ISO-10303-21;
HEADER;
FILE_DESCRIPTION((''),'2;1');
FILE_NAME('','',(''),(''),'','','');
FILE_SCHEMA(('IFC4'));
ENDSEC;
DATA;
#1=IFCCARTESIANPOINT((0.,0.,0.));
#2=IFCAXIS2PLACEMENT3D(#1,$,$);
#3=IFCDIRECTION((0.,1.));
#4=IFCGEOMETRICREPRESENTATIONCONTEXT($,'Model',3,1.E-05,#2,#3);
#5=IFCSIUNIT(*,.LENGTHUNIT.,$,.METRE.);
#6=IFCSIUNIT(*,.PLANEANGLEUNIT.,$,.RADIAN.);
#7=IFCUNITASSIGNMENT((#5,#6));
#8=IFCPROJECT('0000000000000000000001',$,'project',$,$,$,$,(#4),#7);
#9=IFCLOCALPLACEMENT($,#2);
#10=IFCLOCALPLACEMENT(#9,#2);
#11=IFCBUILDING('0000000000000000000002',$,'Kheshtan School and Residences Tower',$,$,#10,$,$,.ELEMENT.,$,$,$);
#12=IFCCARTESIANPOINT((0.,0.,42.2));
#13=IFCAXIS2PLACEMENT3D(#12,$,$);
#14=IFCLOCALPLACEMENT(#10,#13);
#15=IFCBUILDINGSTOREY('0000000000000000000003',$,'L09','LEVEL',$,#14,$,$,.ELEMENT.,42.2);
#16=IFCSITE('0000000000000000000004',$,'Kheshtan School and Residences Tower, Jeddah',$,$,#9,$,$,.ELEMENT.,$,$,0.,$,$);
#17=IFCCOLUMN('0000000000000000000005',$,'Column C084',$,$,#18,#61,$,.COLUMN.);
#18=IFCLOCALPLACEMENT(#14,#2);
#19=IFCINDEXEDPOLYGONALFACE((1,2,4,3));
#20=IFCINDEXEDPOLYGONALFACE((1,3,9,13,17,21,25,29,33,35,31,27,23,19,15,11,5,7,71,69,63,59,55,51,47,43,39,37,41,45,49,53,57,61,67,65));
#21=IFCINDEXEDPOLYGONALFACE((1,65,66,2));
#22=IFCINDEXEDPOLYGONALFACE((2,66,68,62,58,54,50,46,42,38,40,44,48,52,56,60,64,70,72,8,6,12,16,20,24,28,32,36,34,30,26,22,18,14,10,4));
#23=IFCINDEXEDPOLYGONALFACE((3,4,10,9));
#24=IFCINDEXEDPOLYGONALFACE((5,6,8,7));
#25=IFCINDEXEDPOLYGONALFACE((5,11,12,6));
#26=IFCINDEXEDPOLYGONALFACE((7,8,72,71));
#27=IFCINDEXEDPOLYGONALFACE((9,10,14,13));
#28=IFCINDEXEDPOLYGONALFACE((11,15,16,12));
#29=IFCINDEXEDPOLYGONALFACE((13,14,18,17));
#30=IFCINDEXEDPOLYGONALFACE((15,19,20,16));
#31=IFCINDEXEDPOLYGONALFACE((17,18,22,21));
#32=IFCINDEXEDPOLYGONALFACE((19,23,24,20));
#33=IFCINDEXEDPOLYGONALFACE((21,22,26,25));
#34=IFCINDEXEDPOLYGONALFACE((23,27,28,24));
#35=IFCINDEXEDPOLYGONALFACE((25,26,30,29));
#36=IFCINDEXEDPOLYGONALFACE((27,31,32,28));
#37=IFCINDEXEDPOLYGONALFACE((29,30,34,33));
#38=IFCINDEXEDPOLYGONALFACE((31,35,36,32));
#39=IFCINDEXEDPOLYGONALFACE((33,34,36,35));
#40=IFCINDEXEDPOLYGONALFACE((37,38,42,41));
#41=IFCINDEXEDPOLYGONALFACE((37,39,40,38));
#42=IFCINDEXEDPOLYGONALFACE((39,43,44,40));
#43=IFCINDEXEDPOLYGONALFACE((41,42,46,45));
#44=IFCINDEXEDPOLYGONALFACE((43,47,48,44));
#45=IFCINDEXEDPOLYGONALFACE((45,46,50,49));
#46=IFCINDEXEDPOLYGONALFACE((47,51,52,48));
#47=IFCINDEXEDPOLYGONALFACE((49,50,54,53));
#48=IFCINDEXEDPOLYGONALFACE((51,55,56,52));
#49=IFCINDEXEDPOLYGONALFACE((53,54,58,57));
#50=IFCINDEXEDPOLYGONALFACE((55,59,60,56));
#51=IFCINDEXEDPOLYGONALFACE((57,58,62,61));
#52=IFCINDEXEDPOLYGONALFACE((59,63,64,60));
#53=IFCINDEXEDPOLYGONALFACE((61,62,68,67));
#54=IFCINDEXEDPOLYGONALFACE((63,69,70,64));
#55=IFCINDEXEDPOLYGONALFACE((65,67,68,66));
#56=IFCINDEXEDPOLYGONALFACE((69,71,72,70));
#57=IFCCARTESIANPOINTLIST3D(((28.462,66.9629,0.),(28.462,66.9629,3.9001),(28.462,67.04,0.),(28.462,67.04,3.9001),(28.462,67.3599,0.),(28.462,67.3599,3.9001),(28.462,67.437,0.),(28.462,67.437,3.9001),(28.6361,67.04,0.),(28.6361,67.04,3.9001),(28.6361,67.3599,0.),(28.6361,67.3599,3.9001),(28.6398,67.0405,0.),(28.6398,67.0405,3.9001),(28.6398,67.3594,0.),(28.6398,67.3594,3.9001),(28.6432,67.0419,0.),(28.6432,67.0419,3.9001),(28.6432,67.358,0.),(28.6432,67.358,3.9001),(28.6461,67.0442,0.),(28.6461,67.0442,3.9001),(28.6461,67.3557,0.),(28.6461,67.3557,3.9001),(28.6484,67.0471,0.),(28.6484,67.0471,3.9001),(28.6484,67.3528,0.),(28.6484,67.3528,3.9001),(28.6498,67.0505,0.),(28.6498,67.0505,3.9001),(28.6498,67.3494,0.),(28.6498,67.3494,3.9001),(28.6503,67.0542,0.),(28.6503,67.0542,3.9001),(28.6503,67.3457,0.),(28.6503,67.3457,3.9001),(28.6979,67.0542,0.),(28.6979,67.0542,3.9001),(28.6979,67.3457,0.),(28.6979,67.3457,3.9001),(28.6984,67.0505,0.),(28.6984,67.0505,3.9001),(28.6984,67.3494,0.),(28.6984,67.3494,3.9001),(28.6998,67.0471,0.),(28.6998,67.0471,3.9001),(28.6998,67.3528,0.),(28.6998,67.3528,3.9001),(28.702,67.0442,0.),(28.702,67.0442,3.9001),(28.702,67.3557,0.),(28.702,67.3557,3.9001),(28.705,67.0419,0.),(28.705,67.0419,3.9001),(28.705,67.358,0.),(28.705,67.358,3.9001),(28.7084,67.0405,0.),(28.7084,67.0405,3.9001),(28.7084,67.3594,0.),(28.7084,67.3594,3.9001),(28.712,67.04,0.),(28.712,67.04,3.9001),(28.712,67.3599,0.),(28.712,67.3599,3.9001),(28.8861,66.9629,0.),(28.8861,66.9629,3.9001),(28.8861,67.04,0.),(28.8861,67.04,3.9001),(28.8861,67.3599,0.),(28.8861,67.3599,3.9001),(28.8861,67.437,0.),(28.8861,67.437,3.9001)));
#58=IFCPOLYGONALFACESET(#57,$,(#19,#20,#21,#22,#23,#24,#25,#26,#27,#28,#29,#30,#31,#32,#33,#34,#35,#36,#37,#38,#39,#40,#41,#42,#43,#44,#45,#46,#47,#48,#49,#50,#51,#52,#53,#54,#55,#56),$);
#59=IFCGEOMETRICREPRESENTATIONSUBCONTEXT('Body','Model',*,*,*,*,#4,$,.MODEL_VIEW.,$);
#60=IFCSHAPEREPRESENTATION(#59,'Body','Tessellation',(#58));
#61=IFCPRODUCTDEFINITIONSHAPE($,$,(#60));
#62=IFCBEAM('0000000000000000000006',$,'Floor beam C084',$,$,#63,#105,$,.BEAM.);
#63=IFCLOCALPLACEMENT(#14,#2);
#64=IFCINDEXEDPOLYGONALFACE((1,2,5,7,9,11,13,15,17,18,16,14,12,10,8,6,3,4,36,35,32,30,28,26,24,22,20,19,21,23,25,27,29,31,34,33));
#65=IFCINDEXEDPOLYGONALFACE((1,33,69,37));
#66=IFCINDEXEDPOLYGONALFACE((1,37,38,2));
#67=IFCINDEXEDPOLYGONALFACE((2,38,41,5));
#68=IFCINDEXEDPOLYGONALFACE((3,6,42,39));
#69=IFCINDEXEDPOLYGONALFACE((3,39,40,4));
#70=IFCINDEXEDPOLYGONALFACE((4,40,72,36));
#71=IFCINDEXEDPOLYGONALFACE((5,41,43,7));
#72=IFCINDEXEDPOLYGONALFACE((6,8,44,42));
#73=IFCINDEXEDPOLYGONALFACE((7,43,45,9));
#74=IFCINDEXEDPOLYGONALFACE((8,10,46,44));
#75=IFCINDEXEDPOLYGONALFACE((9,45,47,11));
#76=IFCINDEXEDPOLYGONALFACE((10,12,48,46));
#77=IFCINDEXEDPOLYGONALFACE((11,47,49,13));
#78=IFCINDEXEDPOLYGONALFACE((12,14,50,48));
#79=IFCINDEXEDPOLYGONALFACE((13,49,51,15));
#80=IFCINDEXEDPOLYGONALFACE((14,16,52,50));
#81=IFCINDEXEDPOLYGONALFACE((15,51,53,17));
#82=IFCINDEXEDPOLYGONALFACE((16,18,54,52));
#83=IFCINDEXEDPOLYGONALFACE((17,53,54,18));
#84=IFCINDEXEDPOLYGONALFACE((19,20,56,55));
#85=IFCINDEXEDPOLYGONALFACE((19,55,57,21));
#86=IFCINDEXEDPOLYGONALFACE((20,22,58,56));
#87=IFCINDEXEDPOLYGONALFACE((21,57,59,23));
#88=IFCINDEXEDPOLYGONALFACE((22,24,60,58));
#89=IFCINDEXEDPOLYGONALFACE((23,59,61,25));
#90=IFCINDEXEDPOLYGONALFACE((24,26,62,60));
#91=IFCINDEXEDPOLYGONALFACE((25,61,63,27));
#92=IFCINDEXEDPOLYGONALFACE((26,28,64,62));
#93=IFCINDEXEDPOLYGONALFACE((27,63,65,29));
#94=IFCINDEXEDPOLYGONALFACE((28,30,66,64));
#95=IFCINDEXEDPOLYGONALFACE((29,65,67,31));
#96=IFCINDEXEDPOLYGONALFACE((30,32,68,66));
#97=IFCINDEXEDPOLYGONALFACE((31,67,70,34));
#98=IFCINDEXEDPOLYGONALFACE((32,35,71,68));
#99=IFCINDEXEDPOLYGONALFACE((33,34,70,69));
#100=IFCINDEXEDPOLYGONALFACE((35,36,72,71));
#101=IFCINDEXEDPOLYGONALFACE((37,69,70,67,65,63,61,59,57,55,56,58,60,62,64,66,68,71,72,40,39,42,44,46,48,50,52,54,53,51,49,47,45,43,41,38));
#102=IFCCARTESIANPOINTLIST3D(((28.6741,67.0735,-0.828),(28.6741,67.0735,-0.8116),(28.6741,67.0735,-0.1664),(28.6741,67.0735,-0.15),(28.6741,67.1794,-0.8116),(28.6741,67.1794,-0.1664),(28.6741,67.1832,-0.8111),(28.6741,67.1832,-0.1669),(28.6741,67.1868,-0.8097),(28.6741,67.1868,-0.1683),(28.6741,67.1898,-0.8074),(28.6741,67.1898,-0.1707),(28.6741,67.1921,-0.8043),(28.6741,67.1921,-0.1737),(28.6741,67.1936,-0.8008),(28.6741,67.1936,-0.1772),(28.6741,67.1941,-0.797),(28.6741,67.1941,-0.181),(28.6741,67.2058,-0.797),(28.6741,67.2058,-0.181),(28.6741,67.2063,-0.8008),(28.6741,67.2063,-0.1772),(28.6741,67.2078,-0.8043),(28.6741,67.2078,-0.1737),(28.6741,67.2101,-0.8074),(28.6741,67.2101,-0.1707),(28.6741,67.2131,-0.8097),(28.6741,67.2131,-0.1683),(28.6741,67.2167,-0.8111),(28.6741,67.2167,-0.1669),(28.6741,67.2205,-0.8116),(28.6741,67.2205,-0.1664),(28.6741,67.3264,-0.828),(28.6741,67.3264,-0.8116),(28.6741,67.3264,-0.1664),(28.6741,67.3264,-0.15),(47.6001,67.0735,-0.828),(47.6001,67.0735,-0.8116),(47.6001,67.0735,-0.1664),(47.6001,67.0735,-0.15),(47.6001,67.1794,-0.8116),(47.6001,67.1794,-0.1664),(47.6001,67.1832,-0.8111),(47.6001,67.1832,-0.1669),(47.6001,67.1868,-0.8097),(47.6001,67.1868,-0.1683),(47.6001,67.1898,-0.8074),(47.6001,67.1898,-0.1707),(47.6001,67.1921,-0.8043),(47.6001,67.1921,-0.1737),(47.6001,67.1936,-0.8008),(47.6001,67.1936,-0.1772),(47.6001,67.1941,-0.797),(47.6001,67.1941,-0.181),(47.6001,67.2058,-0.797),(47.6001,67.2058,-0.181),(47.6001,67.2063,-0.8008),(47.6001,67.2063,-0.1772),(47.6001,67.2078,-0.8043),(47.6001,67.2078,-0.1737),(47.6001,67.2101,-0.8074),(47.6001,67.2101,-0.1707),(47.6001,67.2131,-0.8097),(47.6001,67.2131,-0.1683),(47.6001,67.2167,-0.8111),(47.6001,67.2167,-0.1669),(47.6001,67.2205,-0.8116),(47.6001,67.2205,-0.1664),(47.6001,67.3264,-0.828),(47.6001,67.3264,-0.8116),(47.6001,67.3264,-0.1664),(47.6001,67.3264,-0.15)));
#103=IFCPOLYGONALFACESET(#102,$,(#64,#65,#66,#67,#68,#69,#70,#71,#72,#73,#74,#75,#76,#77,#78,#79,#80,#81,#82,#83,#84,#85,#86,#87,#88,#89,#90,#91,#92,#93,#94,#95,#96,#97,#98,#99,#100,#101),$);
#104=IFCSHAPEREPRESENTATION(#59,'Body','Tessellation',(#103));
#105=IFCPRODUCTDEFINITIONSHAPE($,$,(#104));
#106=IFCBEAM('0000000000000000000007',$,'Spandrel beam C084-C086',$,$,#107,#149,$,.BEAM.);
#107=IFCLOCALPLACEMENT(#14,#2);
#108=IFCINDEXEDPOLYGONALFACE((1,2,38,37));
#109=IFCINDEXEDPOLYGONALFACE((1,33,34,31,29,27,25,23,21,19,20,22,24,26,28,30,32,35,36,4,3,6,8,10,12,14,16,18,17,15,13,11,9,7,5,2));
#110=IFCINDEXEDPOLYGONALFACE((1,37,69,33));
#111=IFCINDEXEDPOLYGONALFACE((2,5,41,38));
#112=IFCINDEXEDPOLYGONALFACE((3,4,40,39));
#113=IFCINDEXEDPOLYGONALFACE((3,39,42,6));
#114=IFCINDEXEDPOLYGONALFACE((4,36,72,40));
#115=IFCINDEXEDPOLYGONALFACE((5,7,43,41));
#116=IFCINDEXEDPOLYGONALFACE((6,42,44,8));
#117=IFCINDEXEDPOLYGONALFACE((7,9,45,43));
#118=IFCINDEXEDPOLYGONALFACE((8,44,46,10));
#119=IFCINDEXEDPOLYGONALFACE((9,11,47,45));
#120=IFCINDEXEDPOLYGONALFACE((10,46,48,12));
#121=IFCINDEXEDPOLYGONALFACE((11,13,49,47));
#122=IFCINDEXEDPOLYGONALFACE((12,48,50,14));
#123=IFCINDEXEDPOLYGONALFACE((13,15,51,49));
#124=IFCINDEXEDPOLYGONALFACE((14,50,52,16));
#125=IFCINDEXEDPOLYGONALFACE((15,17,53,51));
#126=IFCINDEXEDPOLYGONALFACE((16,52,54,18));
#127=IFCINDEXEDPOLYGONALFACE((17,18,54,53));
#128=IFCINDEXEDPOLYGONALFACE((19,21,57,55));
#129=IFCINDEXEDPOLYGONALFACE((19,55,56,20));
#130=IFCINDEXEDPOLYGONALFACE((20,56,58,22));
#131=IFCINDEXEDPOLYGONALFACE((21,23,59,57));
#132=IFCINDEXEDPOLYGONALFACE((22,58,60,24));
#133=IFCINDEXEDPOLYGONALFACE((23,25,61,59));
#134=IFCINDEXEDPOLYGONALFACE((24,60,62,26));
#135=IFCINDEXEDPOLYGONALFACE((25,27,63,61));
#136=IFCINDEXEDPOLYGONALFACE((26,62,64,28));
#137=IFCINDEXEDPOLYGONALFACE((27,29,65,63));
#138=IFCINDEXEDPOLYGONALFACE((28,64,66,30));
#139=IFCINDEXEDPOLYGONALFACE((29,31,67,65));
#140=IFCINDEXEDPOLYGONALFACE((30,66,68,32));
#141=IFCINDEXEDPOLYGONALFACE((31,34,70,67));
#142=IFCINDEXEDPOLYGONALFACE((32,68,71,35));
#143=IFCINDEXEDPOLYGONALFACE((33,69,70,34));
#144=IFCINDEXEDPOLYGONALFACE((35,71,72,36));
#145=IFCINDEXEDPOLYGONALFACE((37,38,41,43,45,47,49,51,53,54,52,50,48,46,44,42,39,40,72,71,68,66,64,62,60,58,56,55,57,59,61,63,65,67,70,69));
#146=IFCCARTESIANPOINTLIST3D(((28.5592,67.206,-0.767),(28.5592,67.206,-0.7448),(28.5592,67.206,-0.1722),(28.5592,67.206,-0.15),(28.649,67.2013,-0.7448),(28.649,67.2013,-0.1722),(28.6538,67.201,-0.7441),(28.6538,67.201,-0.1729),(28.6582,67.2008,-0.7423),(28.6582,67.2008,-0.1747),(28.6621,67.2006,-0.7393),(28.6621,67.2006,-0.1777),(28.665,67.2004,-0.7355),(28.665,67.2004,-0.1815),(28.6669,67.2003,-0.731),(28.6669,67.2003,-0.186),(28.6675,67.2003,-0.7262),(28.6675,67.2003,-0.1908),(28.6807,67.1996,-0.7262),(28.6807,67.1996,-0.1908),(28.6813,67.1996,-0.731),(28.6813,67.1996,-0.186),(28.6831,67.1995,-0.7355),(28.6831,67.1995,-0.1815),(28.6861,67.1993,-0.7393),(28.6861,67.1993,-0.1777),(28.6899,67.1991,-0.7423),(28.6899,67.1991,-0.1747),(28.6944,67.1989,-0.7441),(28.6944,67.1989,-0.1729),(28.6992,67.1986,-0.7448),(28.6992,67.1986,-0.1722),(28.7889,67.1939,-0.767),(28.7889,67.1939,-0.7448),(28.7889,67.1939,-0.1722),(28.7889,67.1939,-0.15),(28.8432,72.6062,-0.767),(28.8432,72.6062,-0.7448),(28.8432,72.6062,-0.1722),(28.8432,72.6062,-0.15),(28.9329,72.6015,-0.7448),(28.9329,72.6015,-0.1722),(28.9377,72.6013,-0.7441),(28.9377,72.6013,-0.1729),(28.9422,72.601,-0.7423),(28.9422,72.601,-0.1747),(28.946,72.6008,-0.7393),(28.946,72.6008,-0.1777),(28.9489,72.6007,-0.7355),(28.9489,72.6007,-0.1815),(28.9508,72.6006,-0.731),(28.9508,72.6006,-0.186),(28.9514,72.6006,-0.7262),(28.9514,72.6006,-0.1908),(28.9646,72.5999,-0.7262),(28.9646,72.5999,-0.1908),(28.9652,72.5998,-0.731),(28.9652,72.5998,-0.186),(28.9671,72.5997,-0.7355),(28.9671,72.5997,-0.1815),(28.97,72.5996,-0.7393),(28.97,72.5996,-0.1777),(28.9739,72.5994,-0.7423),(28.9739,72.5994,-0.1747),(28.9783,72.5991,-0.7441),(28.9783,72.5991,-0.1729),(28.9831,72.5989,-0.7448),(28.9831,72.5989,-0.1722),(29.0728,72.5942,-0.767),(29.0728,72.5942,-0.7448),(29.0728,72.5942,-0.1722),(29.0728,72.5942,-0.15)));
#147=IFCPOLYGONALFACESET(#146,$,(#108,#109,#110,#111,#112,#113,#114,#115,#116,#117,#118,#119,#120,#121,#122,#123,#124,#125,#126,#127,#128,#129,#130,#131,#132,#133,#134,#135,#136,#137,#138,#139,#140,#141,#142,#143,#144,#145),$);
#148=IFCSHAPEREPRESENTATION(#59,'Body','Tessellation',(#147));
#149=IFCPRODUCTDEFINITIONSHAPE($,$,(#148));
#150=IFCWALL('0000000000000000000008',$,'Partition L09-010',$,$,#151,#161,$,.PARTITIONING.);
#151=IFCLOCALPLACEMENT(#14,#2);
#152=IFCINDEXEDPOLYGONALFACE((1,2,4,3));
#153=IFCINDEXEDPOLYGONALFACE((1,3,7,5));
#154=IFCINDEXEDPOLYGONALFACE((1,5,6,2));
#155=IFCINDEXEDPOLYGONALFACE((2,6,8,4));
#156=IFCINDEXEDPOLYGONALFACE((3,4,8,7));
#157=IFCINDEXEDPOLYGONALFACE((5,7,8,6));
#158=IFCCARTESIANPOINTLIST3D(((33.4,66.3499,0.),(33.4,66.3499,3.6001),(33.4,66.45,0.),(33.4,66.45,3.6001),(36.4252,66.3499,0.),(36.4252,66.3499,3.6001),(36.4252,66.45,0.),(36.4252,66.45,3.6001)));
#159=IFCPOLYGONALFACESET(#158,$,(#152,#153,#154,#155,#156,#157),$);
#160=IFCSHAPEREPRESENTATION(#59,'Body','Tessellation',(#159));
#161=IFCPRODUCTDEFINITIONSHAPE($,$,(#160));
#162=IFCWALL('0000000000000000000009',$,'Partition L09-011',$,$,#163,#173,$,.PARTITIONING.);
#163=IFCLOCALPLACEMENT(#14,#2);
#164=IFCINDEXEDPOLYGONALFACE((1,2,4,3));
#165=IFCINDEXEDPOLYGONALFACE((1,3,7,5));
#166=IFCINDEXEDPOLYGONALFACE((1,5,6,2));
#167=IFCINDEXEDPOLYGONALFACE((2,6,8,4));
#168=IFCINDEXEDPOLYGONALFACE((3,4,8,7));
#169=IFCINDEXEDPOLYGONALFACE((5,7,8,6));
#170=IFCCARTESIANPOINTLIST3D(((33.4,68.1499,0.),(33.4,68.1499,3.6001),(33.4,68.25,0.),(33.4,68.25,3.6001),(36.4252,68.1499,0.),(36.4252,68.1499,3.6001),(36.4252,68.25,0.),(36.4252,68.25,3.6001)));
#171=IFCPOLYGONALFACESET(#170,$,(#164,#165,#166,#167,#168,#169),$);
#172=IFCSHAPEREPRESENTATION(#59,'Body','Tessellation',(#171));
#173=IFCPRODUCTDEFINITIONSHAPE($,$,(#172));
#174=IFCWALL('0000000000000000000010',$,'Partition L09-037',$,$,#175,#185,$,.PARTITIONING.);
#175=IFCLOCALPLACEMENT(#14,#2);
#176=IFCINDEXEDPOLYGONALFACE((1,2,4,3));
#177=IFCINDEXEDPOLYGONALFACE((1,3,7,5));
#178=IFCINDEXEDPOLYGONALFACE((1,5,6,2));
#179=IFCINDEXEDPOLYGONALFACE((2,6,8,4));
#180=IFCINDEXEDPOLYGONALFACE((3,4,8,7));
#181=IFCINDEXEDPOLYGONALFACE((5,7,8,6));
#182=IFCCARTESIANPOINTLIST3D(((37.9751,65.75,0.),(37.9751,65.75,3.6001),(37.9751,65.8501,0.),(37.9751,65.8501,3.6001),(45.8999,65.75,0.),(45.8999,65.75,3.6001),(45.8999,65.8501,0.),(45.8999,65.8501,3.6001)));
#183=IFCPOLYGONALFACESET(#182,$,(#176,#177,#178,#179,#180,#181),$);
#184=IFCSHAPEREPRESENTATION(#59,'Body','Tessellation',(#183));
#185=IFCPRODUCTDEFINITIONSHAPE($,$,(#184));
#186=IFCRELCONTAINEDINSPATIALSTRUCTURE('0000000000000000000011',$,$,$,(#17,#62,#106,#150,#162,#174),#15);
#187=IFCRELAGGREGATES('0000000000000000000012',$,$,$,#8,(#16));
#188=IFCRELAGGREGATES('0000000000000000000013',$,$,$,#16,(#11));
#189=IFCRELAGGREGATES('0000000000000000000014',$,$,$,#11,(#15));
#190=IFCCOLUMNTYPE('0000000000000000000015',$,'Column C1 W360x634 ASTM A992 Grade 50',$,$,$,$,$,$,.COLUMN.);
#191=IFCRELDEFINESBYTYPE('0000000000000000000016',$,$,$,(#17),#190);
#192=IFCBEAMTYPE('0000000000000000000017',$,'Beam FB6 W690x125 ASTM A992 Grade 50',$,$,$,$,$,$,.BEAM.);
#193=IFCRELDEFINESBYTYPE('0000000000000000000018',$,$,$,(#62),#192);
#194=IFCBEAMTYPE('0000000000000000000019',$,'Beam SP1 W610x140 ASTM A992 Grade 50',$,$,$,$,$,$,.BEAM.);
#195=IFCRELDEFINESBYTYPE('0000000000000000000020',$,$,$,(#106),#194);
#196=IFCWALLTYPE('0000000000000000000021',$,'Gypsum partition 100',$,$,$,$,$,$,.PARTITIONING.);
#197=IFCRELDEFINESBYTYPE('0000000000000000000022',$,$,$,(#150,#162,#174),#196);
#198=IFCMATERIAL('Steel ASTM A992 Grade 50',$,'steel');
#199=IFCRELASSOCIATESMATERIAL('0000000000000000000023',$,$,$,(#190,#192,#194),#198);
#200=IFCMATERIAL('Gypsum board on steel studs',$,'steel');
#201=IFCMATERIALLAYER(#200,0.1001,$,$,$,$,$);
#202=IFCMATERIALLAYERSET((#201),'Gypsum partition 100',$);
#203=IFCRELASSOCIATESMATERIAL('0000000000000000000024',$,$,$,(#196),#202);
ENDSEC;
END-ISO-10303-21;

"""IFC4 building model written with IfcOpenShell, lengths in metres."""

from ifc_helpers import new_model, si_unit, direction, frame, frame_2d, origin, origin_2d, place, context, subcontext, project, spatial, rectangle, i_section, extrude, material, layer, layer_set, material_profile, profile_set, type_object, element, save


model = new_model("IFC4")

# Units and contexts
model_context = context("Model", 3, precision=1e-05, world=origin(), true_north=direction((0.0, 1.0)))
body_context = subcontext(model_context, "Body", "Model", "MODEL_VIEW")
ifc_project = project(units=[si_unit("LENGTHUNIT", "METRE"), si_unit("PLANEANGLEUNIT", "RADIAN")], contexts=[model_context])

# Site, building, storey
site_placement = place(None, origin())
site = spatial("IfcSite", under=ifc_project, at=site_placement, Name="Kheshtan School and Residences Tower, Jeddah", CompositionType="ELEMENT", RefElevation=0.0)
building_placement = place(site_placement, origin())
building = spatial("IfcBuilding", under=site, at=building_placement, Name="Kheshtan School and Residences Tower", CompositionType="ELEMENT")
storey_placement = place(building_placement, frame((0.0, 0.0, 42.2)))
storey = spatial("IfcBuildingStorey", under=building, at=storey_placement, Name="L09", Description="LEVEL", CompositionType="ELEMENT", Elevation=42.2)

# Column
ifc_material_1 = material(Name="Steel ASTM A992 Grade 50", Category="steel")
ifc_material_profile_1 = material_profile(ifc_material_1, i_section(OverallWidth=0.4241, OverallDepth=0.4741, WebThickness=0.0476, FlangeThickness=0.0771, FilletRadius=0.0142, at=origin_2d()), Name="W360x634")
ifc_profile_set_1 = profile_set([ifc_material_profile_1], Name="Steel ASTM A992 Grade 50")
column_type = type_object("IfcColumnType", Name="Column C1 W360x634 ASTM A992 Grade 50", PredefinedType="COLUMN", material=ifc_profile_set_1)
column_placement = place(storey_placement, frame((28.6741, 67.2, 0.0), z_axis=(0.0, 0.0, 1.0), x_axis=(1.0, 0.0, 0.0)))
element("IfcColumn", 1, at=column_placement, inside=storey, type_object=column_type, Name="Column C084", PredefinedType="COLUMN", context=body_context, shape_type="SweptSolid", body=[
    extrude(i_section(OverallWidth=0.4241, OverallDepth=0.4741, WebThickness=0.0476, FlangeThickness=0.0771, FilletRadius=0.0142, at=origin_2d()), origin(), (0.0, 0.0, 1.0), 3.9001),
])

# Beams
ifc_material_profile_2 = material_profile(ifc_material_1, i_section(OverallWidth=0.2529, OverallDepth=0.678, WebThickness=0.0117, FlangeThickness=0.0164, FilletRadius=0.0146, at=origin_2d()), Name="W690x125")
ifc_profile_set_2 = profile_set([ifc_material_profile_2], Name="Steel ASTM A992 Grade 50")
beam_type_1 = type_object("IfcBeamType", Name="Beam FB6 W690x125 ASTM A992 Grade 50", PredefinedType="BEAM", material=ifc_profile_set_2)
beam_1_placement = place(storey_placement, frame((28.6741, 67.2, -0.489), z_axis=(1.0, 0.0, 0.0), x_axis=(0.0, 1.0, 0.0)))
element("IfcBeam", 2, at=beam_1_placement, inside=storey, type_object=beam_type_1, Name="Floor beam C084", PredefinedType="BEAM", context=body_context, shape_type="SweptSolid", body=[
    extrude(i_section(OverallWidth=0.2529, OverallDepth=0.678, WebThickness=0.0117, FlangeThickness=0.0164, FilletRadius=0.0146, at=origin_2d()), origin(), (0.0, 0.0, 1.0), 18.926),
])
ifc_material_profile_3 = material_profile(ifc_material_1, i_section(OverallWidth=0.23, OverallDepth=0.6169, WebThickness=0.0132, FlangeThickness=0.0222, FilletRadius=0.0186, at=origin_2d()), Name="W610x140")
ifc_profile_set_3 = profile_set([ifc_material_profile_3], Name="Steel ASTM A992 Grade 50")
beam_type_2 = type_object("IfcBeamType", Name="Beam SP1 W610x140 ASTM A992 Grade 50", PredefinedType="BEAM", material=ifc_profile_set_3)
beam_2_placement = place(storey_placement, frame((28.6741, 67.2, -0.4585), z_axis=(0.052507, 0.998621, 0.0), x_axis=(-0.998621, 0.052507, 0.0)))
element("IfcBeam", 3, at=beam_2_placement, inside=storey, type_object=beam_type_2, Name="Spandrel beam C084-C086", PredefinedType="BEAM", context=body_context, shape_type="SweptSolid", body=[
    extrude(i_section(OverallWidth=0.23, OverallDepth=0.6169, WebThickness=0.0132, FlangeThickness=0.0222, FilletRadius=0.0186, at=origin_2d()), origin(), (0.0, 0.0, 1.0), 5.4077),
])

# Walls
ifc_material_2 = material(Name="Gypsum board on steel studs", Category="steel")
ifc_layer_1 = layer(ifc_material_2, 0.1001)
ifc_layer_set_1 = layer_set([ifc_layer_1], Name="Gypsum partition 100")
wall_type_1 = type_object("IfcWallType", Name="Gypsum partition 100", PredefinedType="PARTITIONING", material=ifc_layer_set_1)
for number, where, z_axis, x_axis, name in (
    (4, (33.3999, 66.3999, 0.0), (0.0, 0.0, 1.0), (1.0, 0.0, 0.0), "Partition L09-010"),
    (5, (33.3999, 68.2, 0.0), (0.0, 0.0, 1.0), (1.0, 0.0, 0.0), "Partition L09-011"),
):
    element("IfcWall", number, at=place(storey_placement, frame(where, z_axis=z_axis, x_axis=x_axis)), inside=storey, type_object=wall_type_1, Name=name, PredefinedType="PARTITIONING", context=body_context, shape_type="SweptSolid", body=[
        extrude(rectangle(XDim=3.0251, YDim=0.1001, at=frame_2d((1.5127, 0.0))), origin(), (0.0, 0.0, 1.0), 3.6001),
    ])
wall_1_placement = place(storey_placement, frame((37.9751, 65.8, 0.0), z_axis=(0.0, 0.0, 1.0), x_axis=(1.0, 0.0, 0.0)))
element("IfcWall", 6, at=wall_1_placement, inside=storey, type_object=wall_type_1, Name="Partition L09-037", PredefinedType="PARTITIONING", context=body_context, shape_type="SweptSolid", body=[
    extrude(rectangle(XDim=7.9248, YDim=0.1001, at=frame_2d((3.9624, 0.0))), origin(), (0.0, 0.0, 1.0), 3.6001),
])

save(model, "model.ifc")
